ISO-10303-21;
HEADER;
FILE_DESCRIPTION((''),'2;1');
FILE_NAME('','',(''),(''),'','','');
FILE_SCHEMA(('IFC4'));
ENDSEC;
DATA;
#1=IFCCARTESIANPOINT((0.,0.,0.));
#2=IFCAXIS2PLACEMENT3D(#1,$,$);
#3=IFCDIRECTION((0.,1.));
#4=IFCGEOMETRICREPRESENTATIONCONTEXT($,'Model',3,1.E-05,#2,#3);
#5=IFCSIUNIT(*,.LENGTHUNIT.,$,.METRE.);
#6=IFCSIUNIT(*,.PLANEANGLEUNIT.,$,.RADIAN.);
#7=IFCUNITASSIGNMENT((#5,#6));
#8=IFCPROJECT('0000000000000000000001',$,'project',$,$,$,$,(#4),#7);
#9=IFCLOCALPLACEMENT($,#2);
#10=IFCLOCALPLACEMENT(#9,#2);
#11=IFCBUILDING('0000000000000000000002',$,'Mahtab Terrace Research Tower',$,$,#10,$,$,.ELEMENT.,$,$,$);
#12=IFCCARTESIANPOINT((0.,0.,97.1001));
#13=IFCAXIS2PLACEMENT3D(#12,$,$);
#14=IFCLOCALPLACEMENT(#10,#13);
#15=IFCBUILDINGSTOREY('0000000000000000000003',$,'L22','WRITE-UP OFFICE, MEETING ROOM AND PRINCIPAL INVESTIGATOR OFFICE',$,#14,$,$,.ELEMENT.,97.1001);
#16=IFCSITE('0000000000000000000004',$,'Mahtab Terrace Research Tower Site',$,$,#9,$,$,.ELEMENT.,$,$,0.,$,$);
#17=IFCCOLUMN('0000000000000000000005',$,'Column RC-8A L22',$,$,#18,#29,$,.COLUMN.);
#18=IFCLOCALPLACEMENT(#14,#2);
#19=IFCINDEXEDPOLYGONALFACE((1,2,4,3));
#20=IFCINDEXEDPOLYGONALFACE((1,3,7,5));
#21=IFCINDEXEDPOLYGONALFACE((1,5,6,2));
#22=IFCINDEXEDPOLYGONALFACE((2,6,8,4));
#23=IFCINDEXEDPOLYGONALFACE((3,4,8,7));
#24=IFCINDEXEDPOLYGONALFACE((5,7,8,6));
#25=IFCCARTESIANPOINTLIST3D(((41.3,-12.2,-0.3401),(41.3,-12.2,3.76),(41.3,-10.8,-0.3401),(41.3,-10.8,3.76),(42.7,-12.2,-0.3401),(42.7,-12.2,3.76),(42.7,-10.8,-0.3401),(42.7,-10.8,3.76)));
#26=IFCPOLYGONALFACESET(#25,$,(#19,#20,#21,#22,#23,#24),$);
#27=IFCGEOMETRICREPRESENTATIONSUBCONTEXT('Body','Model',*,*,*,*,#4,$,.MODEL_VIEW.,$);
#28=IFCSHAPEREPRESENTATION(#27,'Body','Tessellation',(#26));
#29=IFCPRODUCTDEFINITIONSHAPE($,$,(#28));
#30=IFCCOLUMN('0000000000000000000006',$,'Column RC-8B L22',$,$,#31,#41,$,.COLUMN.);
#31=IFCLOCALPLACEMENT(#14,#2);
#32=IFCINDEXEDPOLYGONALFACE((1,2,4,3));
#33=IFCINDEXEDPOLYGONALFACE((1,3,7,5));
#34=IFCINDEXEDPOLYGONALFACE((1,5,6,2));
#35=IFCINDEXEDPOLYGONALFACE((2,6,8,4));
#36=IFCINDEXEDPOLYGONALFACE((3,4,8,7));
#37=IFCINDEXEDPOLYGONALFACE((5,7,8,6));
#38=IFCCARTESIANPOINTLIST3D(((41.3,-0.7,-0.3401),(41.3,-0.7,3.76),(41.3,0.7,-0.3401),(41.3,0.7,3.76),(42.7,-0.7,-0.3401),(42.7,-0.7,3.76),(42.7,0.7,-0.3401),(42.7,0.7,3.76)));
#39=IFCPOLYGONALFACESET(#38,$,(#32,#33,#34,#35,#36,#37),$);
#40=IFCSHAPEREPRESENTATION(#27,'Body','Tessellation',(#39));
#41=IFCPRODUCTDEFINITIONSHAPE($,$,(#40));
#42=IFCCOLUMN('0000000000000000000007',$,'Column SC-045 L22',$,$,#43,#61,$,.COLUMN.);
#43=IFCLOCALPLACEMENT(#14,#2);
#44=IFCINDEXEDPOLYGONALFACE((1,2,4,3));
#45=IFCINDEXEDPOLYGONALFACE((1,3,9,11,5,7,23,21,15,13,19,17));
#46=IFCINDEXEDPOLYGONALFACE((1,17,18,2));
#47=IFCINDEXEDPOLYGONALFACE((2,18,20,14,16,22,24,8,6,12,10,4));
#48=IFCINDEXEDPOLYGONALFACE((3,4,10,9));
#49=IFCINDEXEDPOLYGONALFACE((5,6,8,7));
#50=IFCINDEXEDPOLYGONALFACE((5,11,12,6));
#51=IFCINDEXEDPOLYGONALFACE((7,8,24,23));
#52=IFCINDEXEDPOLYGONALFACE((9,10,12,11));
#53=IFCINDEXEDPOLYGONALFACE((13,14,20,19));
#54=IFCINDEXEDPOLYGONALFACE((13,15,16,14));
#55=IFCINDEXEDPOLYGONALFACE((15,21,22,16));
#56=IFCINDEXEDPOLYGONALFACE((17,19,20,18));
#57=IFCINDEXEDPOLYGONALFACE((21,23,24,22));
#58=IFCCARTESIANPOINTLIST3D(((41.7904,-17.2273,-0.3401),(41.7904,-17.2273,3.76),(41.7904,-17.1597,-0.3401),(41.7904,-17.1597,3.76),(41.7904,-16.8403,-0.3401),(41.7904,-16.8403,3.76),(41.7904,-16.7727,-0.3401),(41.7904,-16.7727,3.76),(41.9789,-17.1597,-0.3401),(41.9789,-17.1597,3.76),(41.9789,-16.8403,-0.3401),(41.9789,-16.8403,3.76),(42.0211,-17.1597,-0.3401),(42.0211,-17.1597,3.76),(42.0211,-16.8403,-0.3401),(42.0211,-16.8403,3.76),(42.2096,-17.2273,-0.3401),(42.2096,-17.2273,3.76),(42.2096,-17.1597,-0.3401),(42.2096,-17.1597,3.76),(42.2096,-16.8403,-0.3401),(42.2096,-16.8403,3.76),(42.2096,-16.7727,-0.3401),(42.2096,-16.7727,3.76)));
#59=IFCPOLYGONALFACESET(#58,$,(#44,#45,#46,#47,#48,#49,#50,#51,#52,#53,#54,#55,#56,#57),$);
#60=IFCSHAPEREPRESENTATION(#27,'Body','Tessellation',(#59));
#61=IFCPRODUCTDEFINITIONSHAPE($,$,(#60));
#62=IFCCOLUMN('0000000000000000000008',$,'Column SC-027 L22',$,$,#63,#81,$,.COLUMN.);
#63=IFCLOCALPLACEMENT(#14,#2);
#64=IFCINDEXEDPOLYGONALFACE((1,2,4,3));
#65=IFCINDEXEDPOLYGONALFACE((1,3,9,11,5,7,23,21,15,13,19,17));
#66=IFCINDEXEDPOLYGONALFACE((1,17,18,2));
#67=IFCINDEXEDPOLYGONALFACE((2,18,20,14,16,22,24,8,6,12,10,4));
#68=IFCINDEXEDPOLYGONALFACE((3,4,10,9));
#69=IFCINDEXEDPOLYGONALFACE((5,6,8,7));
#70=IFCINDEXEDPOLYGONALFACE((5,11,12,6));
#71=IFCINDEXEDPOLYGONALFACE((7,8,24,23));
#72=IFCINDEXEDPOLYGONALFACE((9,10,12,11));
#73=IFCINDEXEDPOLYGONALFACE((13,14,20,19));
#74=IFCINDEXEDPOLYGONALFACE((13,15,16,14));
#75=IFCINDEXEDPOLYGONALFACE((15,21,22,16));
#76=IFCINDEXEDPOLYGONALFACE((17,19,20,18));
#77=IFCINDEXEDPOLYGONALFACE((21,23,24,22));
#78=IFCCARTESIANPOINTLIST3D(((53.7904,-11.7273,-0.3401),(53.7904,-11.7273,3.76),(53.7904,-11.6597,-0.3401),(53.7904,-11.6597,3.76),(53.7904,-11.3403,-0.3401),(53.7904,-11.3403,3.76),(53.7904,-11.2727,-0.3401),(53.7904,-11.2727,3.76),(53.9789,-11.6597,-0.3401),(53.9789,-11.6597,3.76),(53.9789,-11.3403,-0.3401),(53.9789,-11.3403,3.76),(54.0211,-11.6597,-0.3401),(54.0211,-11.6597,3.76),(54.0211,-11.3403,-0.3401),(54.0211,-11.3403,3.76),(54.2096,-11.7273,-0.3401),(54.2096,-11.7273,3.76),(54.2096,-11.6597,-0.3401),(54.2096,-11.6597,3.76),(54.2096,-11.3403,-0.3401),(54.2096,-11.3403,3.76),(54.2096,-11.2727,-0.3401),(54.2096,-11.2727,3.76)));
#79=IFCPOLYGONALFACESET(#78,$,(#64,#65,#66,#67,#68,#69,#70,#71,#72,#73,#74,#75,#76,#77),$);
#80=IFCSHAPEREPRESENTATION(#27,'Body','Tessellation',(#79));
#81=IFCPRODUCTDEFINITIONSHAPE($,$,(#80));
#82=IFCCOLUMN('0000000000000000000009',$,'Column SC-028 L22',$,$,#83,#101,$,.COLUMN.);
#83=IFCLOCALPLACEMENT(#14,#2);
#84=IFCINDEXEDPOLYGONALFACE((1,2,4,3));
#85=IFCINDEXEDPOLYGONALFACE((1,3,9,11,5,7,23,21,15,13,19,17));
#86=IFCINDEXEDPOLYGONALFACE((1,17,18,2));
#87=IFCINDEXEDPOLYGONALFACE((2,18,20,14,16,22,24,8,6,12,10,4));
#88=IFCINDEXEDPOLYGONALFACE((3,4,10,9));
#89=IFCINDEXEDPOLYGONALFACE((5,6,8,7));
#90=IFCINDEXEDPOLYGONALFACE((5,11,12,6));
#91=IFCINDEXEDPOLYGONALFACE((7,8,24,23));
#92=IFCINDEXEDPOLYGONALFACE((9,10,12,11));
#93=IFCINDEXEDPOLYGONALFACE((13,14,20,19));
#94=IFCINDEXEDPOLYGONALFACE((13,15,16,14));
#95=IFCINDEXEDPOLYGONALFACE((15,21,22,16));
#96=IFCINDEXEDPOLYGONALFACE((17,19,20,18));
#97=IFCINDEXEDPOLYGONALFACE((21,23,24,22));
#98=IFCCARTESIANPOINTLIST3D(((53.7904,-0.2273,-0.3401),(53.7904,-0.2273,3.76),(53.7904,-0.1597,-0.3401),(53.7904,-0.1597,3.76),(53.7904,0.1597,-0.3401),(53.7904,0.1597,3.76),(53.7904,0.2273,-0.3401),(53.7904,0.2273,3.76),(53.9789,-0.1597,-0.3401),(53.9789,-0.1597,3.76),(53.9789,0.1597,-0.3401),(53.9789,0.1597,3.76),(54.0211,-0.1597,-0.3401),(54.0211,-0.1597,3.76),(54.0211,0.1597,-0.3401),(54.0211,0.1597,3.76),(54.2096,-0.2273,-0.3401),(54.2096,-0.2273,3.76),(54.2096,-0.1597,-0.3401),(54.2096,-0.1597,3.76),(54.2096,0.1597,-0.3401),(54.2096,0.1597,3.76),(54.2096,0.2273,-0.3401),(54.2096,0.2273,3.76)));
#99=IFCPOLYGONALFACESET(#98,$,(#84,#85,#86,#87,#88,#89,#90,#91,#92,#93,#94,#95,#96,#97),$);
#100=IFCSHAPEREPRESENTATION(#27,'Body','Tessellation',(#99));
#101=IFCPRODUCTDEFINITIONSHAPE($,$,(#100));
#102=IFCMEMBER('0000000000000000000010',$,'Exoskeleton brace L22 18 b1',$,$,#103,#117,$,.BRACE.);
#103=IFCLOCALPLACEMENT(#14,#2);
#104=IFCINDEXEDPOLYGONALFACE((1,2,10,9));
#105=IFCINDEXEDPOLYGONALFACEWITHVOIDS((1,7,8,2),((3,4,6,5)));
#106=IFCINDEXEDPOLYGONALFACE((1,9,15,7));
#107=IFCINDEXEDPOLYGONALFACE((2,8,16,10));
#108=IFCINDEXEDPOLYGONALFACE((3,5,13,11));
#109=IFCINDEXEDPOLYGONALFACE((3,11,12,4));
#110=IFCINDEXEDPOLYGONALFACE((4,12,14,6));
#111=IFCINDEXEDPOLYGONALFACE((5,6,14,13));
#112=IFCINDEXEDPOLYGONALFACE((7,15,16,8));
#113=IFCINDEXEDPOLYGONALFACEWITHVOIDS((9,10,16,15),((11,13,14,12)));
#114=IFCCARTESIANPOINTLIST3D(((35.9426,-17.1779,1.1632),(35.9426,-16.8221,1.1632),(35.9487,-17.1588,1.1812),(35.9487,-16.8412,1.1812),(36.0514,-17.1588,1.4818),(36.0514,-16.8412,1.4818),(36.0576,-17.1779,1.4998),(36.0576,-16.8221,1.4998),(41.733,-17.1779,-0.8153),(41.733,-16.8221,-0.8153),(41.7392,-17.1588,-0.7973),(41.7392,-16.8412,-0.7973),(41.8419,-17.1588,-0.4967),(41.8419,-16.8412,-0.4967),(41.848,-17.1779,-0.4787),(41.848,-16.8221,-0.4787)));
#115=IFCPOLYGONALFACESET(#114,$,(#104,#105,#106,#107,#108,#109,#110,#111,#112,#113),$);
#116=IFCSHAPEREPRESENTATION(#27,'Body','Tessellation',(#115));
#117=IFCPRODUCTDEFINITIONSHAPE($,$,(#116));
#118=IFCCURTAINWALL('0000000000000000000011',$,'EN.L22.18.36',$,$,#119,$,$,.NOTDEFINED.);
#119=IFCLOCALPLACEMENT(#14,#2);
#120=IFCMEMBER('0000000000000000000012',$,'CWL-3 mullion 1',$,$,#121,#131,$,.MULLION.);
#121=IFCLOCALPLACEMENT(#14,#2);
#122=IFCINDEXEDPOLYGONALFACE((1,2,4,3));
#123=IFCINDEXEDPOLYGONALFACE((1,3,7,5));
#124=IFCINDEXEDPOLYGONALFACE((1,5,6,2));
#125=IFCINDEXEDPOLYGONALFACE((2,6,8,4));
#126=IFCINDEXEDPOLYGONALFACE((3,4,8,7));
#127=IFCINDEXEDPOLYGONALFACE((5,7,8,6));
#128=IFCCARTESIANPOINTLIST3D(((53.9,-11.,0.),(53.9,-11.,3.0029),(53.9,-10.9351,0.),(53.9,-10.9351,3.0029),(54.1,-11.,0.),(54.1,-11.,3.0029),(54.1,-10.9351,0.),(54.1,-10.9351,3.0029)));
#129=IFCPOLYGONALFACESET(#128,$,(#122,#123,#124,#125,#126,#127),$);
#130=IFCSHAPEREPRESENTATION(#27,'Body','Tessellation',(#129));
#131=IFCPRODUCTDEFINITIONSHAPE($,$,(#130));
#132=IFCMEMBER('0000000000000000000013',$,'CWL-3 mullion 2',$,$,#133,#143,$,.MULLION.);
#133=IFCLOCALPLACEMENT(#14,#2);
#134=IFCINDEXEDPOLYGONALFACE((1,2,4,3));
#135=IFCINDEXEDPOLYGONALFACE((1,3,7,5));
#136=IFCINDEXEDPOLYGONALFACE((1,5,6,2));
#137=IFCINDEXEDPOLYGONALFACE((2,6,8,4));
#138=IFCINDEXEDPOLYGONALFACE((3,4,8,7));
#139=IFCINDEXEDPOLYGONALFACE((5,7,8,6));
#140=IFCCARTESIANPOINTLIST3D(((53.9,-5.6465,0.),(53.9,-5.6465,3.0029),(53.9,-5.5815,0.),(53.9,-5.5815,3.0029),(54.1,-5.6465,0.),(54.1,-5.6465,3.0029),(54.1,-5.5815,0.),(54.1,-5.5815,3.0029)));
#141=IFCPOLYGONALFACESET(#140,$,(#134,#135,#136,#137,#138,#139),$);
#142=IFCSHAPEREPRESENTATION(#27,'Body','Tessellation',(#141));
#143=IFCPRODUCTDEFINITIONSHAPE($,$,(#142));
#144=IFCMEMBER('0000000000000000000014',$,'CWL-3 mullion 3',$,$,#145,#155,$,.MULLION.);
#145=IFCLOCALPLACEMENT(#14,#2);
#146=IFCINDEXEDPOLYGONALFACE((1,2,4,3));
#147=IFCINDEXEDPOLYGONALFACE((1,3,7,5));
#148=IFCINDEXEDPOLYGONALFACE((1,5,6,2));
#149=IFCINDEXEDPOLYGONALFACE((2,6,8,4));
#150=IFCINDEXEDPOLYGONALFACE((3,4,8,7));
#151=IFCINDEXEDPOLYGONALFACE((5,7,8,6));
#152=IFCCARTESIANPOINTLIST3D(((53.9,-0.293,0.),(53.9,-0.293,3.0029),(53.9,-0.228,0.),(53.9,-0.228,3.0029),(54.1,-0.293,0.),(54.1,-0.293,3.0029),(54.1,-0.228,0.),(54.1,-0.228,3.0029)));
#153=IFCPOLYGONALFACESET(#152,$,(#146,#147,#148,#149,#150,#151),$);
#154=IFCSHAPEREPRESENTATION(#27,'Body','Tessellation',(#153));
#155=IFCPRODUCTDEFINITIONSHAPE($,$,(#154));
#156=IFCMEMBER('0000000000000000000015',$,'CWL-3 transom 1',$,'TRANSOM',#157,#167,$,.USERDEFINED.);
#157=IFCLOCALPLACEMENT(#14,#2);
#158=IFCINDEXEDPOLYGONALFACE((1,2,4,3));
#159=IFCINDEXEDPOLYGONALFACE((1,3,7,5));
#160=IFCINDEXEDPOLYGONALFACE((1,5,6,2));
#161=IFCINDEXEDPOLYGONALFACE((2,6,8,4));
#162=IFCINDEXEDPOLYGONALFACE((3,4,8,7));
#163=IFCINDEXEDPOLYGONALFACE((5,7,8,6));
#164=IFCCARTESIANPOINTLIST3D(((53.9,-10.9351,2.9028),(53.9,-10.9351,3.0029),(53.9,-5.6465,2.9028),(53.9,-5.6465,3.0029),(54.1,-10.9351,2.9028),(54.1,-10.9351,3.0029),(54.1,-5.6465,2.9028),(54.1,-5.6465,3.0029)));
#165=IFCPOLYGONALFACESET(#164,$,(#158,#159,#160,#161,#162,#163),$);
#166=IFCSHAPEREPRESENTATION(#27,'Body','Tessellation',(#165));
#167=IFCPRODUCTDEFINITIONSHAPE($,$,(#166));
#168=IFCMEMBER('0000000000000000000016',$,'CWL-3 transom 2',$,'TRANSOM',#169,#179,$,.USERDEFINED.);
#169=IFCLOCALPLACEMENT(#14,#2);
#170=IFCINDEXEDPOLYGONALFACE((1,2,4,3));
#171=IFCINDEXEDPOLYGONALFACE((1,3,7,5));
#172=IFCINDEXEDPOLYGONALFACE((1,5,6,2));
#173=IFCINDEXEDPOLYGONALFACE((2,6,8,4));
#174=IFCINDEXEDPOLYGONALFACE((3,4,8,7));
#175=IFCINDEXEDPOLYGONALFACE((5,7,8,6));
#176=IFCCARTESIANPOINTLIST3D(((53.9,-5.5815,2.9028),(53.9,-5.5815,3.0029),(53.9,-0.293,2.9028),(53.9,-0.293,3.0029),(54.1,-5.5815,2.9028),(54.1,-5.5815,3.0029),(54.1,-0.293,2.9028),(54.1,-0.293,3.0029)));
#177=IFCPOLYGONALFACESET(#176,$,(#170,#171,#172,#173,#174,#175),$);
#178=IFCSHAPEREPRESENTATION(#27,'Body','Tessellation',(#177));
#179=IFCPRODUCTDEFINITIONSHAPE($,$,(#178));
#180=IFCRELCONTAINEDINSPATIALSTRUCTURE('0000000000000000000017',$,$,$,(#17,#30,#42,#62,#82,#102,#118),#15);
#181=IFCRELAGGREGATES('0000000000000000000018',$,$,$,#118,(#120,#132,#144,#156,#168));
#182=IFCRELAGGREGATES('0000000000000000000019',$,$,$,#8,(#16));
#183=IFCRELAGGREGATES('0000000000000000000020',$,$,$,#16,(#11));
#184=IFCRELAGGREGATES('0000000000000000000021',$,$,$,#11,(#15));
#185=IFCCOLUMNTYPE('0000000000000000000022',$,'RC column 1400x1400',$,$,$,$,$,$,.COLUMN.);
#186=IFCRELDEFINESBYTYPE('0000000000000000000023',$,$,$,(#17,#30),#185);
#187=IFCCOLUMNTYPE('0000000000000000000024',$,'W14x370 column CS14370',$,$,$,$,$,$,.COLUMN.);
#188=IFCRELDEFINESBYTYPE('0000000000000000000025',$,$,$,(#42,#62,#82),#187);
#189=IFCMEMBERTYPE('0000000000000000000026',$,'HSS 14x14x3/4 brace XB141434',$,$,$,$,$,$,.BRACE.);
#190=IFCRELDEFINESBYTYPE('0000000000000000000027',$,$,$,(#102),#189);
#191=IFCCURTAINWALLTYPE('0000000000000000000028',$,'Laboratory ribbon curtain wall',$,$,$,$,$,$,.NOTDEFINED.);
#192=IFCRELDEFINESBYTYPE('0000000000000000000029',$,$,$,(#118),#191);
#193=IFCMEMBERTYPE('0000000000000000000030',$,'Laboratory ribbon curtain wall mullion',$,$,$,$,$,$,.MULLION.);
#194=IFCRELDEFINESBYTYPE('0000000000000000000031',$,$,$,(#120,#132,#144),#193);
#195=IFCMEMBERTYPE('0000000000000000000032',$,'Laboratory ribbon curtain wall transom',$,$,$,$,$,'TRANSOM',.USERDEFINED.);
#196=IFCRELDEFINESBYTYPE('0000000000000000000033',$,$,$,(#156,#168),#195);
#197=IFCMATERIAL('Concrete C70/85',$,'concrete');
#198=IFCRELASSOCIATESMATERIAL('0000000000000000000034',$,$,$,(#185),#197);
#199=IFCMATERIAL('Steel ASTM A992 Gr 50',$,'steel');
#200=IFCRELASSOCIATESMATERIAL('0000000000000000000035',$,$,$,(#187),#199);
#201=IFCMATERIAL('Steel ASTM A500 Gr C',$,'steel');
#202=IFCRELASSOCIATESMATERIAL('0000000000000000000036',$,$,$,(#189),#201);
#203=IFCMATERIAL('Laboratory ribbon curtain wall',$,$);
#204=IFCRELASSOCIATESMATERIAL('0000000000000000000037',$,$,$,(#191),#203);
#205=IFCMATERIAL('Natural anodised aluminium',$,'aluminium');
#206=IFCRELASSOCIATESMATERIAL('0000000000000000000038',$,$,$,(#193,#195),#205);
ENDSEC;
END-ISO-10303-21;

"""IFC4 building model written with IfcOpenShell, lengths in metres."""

from ifc_helpers import new_model, si_unit, direction, frame, origin, origin_2d, place, context, subcontext, project, spatial, rectangle, hollow_rectangle, i_section, extrude, material, material_profile, profile_set, type_object, element, aggregate, save


model = new_model("IFC4")

# Units and contexts
model_context = context("Model", 3, precision=1e-05, world=origin(), true_north=direction((0.0, 1.0)))
body_context = subcontext(model_context, "Body", "Model", "MODEL_VIEW")
ifc_project = project(units=[si_unit("LENGTHUNIT", "METRE"), si_unit("PLANEANGLEUNIT", "RADIAN")], contexts=[model_context])

# Site, building, storey
site_placement = place(None, origin())
site = spatial("IfcSite", under=ifc_project, at=site_placement, Name="Mahtab Terrace Research Tower Site", CompositionType="ELEMENT", RefElevation=0.0)
building_placement = place(site_placement, origin())
building = spatial("IfcBuilding", under=site, at=building_placement, Name="Mahtab Terrace Research Tower", CompositionType="ELEMENT")
storey_placement = place(building_placement, frame((0.0, 0.0, 97.1001)))
storey = spatial("IfcBuildingStorey", under=building, at=storey_placement, Name="L22", Description="WRITE-UP OFFICE, MEETING ROOM AND PRINCIPAL INVESTIGATOR OFFICE", CompositionType="ELEMENT", Elevation=97.1001)

# Columns
ifc_material_1 = material(Name="Concrete C70/85", Category="concrete")
ifc_material_profile_1 = material_profile(ifc_material_1, rectangle(XDim=1.3999, YDim=1.3999, at=origin_2d()), Name="RC column 1400x1400")
ifc_profile_set_1 = profile_set([ifc_material_profile_1], Name="Concrete C70/85")
column_type_1 = type_object("IfcColumnType", Name="RC column 1400x1400", PredefinedType="COLUMN", material=ifc_profile_set_1)
for number, where, z_axis, x_axis, name in (
    (1, (42.0, -11.5, -0.3401), (0.0, 0.0, 1.0), (1.0, 0.0, 0.0), "Column RC-8A L22"),
    (2, (42.0, 0.0, -0.3401), (0.0, 0.0, 1.0), (1.0, 0.0, 0.0), "Column RC-8B L22"),
):
    element("IfcColumn", number, at=place(storey_placement, frame(where, z_axis=z_axis, x_axis=x_axis)), inside=storey, type_object=column_type_1, Name=name, PredefinedType="COLUMN", context=body_context, shape_type="SweptSolid", body=[
        extrude(rectangle(XDim=1.3999, YDim=1.3999, at=origin_2d()), origin(), (0.0, 0.0, 1.0), 4.1001),
    ])
ifc_material_2 = material(Name="Steel ASTM A992 Gr 50", Category="steel")
ifc_material_profile_2 = material_profile(ifc_material_2, i_section(OverallWidth=0.4192, OverallDepth=0.4546, WebThickness=0.0422, FlangeThickness=0.0676, at=origin_2d()), Name="W14X370")
ifc_profile_set_2 = profile_set([ifc_material_profile_2], Name="Steel ASTM A992 Gr 50")
column_type_2 = type_object("IfcColumnType", Name="W14x370 column CS14370", PredefinedType="COLUMN", material=ifc_profile_set_2)
for number, where, z_axis, x_axis, name in (
    (3, (42.0, -17.0, -0.3401), (0.0, 0.0, 1.0), (1.0, 0.0, 0.0), "Column SC-045 L22"),
    (4, (54.0, -11.5, -0.3401), (0.0, 0.0, 1.0), (1.0, 0.0, 0.0), "Column SC-027 L22"),
    (5, (54.0, 0.0, -0.3401), (0.0, 0.0, 1.0), (1.0, 0.0, 0.0), "Column SC-028 L22"),
):
    element("IfcColumn", number, at=place(storey_placement, frame(where, z_axis=z_axis, x_axis=x_axis)), inside=storey, type_object=column_type_2, Name=name, PredefinedType="COLUMN", context=body_context, shape_type="SweptSolid", body=[
        extrude(i_section(OverallWidth=0.4192, OverallDepth=0.4546, WebThickness=0.0422, FlangeThickness=0.0676, at=origin_2d()), origin(), (0.0, 0.0, 1.0), 4.1001),
    ])

# Member
ifc_material_3 = material(Name="Steel ASTM A500 Gr C", Category="steel")
ifc_material_profile_3 = material_profile(ifc_material_3, hollow_rectangle(XDim=0.3557, YDim=0.3557, WallThickness=0.019, at=origin_2d()), Name="HSS14X14X3/4")
ifc_profile_set_3 = profile_set([ifc_material_profile_3], Name="Steel ASTM A500 Gr C")
member_type_1 = type_object("IfcMemberType", Name="HSS 14x14x3/4 brace XB141434", PredefinedType="BRACE", material=ifc_profile_set_3)
member_1_placement = place(storey_placement, frame((41.7905, -17.0, -0.647), z_axis=(-0.946287, 0.0, 0.323329), x_axis=(0.0, -1.0, 0.0)))
element("IfcMember", 6, at=member_1_placement, inside=storey, type_object=member_type_1, Name="Exoskeleton brace L22 18 b1", PredefinedType="BRACE", context=body_context, shape_type="SweptSolid", body=[
    extrude(hollow_rectangle(XDim=0.3557, YDim=0.3557, WallThickness=0.019, at=origin_2d()), origin(), (0.0, 0.0, 1.0), 6.1191),
])

# Curtain wall, members
ifc_material_4 = material(Name="Laboratory ribbon curtain wall")
curtain_wall_type = type_object("IfcCurtainWallType", Name="Laboratory ribbon curtain wall", PredefinedType="NOTDEFINED", material=ifc_material_4)
curtain_wall_placement = place(storey_placement, origin())
curtain_wall = element("IfcCurtainWall", 7, at=curtain_wall_placement, inside=storey, type_object=curtain_wall_type, Name="EN.L22.18.36", PredefinedType="NOTDEFINED")
ifc_material_5 = material(Name="Natural anodised aluminium", Category="aluminium")
ifc_material_profile_4 = material_profile(ifc_material_5, rectangle(XDim=0.2, YDim=0.0649, at=origin_2d()), Name="MULLION 65x200")
ifc_profile_set_4 = profile_set([ifc_material_profile_4], Name="Natural anodised aluminium")
member_type_2 = type_object("IfcMemberType", Name="Laboratory ribbon curtain wall mullion", PredefinedType="MULLION", material=ifc_profile_set_4)
member_2_placement = place(storey_placement, frame((54.0, -10.9675, 0.0), z_axis=(0.0, 0.0, 1.0), x_axis=(-1.0, 0.0, 0.0)))
member_2 = element("IfcMember", 8, at=member_2_placement, type_object=member_type_2, Name="CWL-3 mullion 1", PredefinedType="MULLION", context=body_context, shape_type="SweptSolid", body=[
    extrude(rectangle(XDim=0.2, YDim=0.0649, at=origin_2d()), origin(), (0.0, 0.0, 1.0), 3.0029),
])
member_3_placement = place(storey_placement, frame((54.0, -5.614, 0.0), z_axis=(0.0, 0.0, 1.0), x_axis=(-1.0, 0.0, 0.0)))
member_3 = element("IfcMember", 9, at=member_3_placement, type_object=member_type_2, Name="CWL-3 mullion 2", PredefinedType="MULLION", context=body_context, shape_type="SweptSolid", body=[
    extrude(rectangle(XDim=0.2, YDim=0.0649, at=origin_2d()), origin(), (0.0, 0.0, 1.0), 3.0029),
])
member_4_placement = place(storey_placement, frame((54.0, -0.2605, 0.0), z_axis=(0.0, 0.0, 1.0), x_axis=(-1.0, 0.0, 0.0)))
member_4 = element("IfcMember", 10, at=member_4_placement, type_object=member_type_2, Name="CWL-3 mullion 3", PredefinedType="MULLION", context=body_context, shape_type="SweptSolid", body=[
    extrude(rectangle(XDim=0.2, YDim=0.0649, at=origin_2d()), origin(), (0.0, 0.0, 1.0), 3.0029),
])
ifc_material_profile_5 = material_profile(ifc_material_5, rectangle(XDim=0.2, YDim=0.1001, at=origin_2d()), Name="TRANSOM 100x200")
ifc_profile_set_5 = profile_set([ifc_material_profile_5], Name="Natural anodised aluminium")
member_type_3 = type_object("IfcMemberType", Name="Laboratory ribbon curtain wall transom", ElementType="TRANSOM", PredefinedType="USERDEFINED", material=ifc_profile_set_5)
member_5_placement = place(storey_placement, frame((54.0, -10.9351, 2.9529), z_axis=(0.0, 1.0, 0.0), x_axis=(-1.0, 0.0, 0.0)))
member_5 = element("IfcMember", 11, at=member_5_placement, type_object=member_type_3, Name="CWL-3 transom 1", ObjectType="TRANSOM", PredefinedType="USERDEFINED", context=body_context, shape_type="SweptSolid", body=[
    extrude(rectangle(XDim=0.2, YDim=0.1001, at=origin_2d()), origin(), (0.0, 0.0, 1.0), 5.2886),
])
member_6_placement = place(storey_placement, frame((54.0, -5.5815, 2.9529), z_axis=(0.0, 1.0, 0.0), x_axis=(-1.0, 0.0, 0.0)))
member_6 = element("IfcMember", 12, at=member_6_placement, type_object=member_type_3, Name="CWL-3 transom 2", ObjectType="TRANSOM", PredefinedType="USERDEFINED", context=body_context, shape_type="SweptSolid", body=[
    extrude(rectangle(XDim=0.2, YDim=0.1001, at=origin_2d()), origin(), (0.0, 0.0, 1.0), 5.2886),
])

aggregate(curtain_wall, [member_2, member_3, member_4, member_5, member_6])

save(model, "model.ifc")
